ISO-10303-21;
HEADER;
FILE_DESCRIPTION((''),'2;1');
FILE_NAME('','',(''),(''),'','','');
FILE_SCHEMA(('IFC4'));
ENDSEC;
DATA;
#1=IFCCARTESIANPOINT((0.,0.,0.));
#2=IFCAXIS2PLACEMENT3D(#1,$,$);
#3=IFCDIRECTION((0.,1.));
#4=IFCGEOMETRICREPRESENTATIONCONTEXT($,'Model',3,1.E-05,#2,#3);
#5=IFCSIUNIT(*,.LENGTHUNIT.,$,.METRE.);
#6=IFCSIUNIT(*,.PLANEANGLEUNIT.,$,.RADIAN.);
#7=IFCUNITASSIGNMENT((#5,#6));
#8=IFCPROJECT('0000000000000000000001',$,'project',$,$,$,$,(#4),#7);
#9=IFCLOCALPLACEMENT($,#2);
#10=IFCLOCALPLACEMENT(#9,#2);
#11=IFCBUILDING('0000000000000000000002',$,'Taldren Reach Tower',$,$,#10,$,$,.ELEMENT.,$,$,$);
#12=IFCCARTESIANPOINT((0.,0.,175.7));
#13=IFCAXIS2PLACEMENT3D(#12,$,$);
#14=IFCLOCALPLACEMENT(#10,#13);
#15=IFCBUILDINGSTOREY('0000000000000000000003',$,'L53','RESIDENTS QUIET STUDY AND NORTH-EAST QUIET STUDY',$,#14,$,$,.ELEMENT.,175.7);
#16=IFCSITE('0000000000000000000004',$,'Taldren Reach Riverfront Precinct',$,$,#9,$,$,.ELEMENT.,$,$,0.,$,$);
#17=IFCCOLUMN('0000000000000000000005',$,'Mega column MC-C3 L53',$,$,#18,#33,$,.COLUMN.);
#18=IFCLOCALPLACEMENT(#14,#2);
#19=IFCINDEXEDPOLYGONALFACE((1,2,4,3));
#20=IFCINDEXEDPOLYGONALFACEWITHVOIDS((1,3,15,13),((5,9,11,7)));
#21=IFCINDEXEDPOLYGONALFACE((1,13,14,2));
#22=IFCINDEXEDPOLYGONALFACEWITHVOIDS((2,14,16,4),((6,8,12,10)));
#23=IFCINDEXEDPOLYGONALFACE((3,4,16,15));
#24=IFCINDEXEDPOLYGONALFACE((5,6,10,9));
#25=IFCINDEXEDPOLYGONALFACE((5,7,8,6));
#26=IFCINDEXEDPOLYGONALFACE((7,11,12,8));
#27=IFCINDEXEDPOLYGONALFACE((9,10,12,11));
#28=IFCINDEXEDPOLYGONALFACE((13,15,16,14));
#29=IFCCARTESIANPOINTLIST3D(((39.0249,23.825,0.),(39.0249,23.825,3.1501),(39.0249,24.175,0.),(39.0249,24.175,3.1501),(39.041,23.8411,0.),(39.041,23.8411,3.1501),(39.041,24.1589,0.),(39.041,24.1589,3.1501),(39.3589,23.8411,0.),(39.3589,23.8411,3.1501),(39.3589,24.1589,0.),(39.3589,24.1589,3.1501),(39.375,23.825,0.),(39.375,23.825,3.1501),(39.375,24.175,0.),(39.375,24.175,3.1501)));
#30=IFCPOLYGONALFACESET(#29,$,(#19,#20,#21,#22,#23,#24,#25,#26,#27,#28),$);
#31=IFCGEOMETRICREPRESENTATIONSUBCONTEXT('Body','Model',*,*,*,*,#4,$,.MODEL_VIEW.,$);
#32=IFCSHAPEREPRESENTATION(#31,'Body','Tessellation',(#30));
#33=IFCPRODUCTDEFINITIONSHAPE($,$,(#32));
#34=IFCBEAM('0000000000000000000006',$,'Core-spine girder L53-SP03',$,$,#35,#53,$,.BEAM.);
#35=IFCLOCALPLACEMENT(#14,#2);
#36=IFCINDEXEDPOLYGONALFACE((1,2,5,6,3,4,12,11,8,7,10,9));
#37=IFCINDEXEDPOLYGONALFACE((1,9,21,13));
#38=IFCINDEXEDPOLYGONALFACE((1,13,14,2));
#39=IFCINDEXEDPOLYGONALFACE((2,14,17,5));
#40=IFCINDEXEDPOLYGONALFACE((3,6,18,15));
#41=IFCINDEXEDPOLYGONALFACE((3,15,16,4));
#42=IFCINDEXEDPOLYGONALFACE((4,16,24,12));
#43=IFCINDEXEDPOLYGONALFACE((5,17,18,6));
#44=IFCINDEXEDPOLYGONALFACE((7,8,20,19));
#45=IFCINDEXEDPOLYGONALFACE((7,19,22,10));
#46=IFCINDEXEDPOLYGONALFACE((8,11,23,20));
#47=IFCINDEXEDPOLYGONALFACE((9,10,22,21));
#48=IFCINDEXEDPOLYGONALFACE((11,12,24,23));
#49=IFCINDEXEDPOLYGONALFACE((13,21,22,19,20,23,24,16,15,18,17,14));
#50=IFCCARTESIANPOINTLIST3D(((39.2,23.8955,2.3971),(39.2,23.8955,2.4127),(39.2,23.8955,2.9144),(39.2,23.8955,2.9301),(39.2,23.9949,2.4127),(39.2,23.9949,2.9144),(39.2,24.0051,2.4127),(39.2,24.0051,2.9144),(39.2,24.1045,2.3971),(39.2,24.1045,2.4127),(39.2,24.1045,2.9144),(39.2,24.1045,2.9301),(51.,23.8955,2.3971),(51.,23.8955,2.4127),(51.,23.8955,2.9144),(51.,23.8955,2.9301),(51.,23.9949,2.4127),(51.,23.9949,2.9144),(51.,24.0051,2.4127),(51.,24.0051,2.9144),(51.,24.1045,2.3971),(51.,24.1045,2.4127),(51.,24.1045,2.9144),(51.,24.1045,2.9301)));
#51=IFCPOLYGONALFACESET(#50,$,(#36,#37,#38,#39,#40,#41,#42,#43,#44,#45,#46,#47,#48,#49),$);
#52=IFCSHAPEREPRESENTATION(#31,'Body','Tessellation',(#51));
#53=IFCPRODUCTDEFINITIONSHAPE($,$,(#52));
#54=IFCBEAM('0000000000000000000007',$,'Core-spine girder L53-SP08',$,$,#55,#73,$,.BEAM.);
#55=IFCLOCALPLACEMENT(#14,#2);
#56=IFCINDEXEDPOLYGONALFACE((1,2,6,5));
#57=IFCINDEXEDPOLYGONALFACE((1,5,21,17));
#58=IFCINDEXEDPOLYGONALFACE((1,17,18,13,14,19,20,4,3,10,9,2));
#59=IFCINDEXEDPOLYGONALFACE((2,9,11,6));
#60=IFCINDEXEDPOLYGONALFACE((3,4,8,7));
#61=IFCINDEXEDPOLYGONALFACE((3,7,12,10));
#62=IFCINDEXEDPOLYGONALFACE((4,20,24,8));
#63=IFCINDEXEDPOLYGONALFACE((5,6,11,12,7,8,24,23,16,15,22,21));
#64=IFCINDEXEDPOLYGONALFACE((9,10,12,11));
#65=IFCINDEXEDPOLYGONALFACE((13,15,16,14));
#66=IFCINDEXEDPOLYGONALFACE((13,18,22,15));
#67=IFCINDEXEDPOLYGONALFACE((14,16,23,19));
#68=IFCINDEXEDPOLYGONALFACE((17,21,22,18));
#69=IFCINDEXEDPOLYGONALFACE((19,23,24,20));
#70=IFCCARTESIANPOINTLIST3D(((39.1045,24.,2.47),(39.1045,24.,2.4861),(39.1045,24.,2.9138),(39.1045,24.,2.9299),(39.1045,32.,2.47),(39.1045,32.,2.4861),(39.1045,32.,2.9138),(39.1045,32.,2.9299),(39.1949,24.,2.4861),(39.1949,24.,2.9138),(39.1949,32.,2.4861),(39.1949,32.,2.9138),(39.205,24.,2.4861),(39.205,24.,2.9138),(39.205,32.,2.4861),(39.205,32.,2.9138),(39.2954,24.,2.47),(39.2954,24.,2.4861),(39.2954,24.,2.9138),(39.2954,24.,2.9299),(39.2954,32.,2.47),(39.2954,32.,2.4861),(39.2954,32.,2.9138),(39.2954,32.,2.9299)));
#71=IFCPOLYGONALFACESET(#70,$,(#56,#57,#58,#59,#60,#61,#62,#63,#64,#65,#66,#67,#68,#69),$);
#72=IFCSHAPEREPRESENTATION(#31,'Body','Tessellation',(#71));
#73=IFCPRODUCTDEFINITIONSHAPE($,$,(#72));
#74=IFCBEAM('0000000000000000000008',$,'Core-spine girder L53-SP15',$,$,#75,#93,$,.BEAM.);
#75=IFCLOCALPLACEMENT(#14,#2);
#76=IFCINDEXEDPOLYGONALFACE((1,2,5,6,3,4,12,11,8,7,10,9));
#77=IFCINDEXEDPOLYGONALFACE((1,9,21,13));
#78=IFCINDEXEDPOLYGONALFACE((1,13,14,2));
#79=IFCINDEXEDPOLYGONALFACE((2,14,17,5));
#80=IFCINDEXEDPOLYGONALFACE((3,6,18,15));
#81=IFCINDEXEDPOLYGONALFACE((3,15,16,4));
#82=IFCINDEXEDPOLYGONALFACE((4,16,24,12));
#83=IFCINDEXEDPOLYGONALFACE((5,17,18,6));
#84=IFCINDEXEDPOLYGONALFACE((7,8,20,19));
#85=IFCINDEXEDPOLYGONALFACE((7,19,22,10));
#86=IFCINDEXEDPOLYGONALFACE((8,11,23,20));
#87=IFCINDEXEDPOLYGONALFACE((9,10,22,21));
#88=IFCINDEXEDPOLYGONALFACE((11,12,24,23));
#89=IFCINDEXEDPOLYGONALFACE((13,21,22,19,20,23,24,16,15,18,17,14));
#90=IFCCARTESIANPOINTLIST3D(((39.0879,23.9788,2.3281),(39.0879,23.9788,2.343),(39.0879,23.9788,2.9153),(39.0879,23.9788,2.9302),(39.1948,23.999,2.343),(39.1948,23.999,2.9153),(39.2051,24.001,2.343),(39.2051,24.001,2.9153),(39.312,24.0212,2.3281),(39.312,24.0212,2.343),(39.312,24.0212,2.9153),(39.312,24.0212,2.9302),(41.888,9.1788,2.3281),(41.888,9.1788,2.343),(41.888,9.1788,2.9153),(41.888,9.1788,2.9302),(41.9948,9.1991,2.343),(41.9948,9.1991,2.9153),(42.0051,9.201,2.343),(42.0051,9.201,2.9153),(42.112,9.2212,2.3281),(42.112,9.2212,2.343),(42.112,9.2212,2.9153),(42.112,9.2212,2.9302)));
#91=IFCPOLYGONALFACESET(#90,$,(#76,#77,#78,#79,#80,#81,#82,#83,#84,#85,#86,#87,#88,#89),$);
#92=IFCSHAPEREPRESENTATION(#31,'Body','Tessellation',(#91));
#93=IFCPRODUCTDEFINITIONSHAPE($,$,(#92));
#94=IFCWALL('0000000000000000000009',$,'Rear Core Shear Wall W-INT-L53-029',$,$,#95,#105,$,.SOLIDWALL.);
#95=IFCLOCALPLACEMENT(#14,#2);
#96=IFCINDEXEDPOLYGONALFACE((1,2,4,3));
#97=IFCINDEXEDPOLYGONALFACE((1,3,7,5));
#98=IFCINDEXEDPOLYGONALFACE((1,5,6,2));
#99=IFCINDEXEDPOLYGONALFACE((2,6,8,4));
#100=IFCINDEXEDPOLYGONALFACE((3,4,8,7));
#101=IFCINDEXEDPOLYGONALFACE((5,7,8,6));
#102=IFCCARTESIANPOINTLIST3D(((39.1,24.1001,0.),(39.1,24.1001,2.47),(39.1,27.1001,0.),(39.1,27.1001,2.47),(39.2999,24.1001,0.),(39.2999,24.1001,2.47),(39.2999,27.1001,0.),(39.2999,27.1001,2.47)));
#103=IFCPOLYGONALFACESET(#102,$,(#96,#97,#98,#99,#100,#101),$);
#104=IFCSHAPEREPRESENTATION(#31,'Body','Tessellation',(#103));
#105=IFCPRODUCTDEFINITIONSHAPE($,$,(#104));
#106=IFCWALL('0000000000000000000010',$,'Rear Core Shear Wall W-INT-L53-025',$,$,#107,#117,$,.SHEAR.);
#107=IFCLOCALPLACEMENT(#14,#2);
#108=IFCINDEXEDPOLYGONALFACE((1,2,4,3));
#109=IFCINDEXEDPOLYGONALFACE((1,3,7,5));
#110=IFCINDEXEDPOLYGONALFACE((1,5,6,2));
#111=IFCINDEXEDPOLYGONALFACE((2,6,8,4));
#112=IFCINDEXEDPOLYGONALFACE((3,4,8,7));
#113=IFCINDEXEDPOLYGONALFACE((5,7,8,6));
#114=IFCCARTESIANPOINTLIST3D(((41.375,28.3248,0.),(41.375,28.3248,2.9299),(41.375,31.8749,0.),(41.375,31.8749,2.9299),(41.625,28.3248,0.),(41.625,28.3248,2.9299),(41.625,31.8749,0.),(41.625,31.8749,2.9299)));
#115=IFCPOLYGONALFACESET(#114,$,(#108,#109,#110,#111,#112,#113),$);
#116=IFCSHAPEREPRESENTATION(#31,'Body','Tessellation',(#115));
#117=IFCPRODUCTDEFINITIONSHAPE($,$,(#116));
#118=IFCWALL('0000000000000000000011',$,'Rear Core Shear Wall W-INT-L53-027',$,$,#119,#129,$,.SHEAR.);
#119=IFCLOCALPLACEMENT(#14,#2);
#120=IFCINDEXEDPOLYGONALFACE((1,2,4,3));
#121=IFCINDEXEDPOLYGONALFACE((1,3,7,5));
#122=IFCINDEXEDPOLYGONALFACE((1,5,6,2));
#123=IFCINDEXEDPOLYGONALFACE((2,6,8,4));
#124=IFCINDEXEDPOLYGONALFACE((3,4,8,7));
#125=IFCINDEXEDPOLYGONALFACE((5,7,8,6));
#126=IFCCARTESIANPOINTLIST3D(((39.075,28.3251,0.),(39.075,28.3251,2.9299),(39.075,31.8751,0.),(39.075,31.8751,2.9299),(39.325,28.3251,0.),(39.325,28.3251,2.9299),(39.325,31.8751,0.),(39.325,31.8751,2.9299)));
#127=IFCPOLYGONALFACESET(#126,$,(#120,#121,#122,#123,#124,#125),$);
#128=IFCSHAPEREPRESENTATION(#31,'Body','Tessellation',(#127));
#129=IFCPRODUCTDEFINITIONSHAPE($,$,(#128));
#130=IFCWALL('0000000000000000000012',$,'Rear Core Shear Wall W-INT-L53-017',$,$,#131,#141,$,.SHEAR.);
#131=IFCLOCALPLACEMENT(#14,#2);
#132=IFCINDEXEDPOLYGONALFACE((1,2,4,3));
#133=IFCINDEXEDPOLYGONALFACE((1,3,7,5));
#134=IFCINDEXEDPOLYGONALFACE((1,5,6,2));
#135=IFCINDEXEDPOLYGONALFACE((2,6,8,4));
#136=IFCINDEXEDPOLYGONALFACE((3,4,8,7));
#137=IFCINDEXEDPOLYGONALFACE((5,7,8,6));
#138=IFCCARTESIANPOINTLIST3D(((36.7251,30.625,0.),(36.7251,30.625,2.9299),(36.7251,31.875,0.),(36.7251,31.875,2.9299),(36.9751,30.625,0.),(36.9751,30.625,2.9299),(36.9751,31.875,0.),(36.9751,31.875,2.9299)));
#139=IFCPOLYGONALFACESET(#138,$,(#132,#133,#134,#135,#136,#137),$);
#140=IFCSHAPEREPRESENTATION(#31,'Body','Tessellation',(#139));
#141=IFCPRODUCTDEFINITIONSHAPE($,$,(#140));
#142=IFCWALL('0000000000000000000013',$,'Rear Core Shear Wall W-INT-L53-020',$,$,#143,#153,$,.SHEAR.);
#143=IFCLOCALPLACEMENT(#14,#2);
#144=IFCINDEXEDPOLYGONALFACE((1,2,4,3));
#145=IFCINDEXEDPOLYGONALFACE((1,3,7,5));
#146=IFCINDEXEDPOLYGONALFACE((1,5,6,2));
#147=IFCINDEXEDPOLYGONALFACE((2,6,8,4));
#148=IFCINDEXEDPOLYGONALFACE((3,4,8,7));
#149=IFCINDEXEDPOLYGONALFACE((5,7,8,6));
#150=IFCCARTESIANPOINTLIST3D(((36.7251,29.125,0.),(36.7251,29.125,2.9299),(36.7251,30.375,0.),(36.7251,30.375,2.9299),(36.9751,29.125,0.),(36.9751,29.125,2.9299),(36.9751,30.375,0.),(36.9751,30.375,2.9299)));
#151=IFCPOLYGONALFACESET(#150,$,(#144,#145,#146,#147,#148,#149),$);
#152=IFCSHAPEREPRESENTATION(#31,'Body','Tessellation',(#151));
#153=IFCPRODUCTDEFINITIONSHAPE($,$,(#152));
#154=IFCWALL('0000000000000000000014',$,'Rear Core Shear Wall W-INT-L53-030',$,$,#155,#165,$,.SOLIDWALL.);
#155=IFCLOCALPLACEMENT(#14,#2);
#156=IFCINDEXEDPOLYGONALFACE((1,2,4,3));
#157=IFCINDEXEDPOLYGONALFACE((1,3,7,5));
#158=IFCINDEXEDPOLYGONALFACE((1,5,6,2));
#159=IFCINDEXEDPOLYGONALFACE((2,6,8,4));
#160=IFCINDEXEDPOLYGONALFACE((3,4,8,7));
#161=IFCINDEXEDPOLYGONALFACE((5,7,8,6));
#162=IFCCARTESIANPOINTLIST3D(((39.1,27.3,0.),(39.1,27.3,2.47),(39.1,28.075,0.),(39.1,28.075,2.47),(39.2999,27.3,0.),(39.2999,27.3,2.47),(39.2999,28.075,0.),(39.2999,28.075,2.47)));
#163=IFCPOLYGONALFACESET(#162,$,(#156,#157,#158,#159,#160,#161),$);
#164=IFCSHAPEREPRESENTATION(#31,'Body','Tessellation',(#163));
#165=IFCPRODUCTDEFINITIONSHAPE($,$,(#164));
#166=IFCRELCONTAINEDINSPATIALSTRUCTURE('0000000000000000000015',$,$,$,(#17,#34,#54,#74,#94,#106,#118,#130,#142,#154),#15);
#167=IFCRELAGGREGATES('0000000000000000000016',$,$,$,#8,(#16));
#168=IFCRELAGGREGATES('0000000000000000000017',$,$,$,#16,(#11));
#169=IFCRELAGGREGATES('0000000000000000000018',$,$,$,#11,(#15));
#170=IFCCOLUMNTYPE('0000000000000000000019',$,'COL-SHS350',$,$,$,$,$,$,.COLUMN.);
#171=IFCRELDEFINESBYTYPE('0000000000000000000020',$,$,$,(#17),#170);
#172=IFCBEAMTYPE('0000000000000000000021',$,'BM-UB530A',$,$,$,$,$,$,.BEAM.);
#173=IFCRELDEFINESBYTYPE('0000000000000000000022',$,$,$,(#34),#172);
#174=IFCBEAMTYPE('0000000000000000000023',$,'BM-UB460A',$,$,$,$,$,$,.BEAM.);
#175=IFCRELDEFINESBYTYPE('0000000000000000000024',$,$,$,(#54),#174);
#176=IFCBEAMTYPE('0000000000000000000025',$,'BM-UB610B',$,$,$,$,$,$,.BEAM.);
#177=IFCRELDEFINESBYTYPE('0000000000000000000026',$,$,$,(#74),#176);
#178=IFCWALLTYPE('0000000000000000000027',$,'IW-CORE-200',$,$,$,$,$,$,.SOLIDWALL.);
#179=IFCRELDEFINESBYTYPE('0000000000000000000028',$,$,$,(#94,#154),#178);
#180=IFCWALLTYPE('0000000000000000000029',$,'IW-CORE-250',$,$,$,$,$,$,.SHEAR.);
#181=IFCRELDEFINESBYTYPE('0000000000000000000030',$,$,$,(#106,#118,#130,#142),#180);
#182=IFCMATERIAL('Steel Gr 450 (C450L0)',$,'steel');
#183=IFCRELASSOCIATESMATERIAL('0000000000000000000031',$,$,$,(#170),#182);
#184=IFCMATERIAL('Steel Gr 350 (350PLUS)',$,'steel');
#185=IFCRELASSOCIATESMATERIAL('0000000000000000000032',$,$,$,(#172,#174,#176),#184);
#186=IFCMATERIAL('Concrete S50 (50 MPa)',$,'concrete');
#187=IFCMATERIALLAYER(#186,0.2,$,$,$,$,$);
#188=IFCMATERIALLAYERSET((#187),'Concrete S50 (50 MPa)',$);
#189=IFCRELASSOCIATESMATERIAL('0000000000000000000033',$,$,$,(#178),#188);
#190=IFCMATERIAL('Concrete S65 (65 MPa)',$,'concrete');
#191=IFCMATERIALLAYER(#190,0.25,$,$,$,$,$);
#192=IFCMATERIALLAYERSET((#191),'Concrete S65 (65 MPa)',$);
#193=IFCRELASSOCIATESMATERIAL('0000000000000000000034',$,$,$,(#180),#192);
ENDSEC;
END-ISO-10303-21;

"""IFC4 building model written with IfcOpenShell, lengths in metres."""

from ifc_helpers import new_model, si_unit, direction, frame, frame_2d, origin, origin_2d, place, context, subcontext, project, spatial, rectangle, hollow_rectangle, i_section, extrude, source, transform, mapped, material, layer, layer_set, material_profile, profile_set, type_object, element, save


model = new_model("IFC4")

# Units and contexts
model_context = context("Model", 3, precision=1e-05, world=origin(), true_north=direction((0.0, 1.0)))
body_context = subcontext(model_context, "Body", "Model", "MODEL_VIEW")
ifc_project = project(units=[si_unit("LENGTHUNIT", "METRE"), si_unit("PLANEANGLEUNIT", "RADIAN")], contexts=[model_context])

# Site, building, storey
site_placement = place(None, origin())
site = spatial("IfcSite", under=ifc_project, at=site_placement, Name="Taldren Reach Riverfront Precinct", CompositionType="ELEMENT", RefElevation=0.0)
building_placement = place(site_placement, origin())
building = spatial("IfcBuilding", under=site, at=building_placement, Name="Taldren Reach Tower", CompositionType="ELEMENT")
storey_placement = place(building_placement, frame((0.0, 0.0, 175.7)))
storey = spatial("IfcBuildingStorey", under=building, at=storey_placement, Name="L53", Description="RESIDENTS QUIET STUDY AND NORTH-EAST QUIET STUDY", CompositionType="ELEMENT", Elevation=175.7)

# Column
ifc_material_1 = material(Name="Steel Gr 450 (C450L0)", Category="steel")
ifc_material_profile_1 = material_profile(ifc_material_1, hollow_rectangle(XDim=0.3501, YDim=0.3501, WallThickness=0.0161, at=origin_2d()), Name="350x350x16.0SHS")
ifc_profile_set_1 = profile_set([ifc_material_profile_1], Name="Steel Gr 450 (C450L0)")
column_type = type_object("IfcColumnType", Name="COL-SHS350", PredefinedType="COLUMN", material=ifc_profile_set_1)
shared_shape_1 = source(origin(), body_context, "Body", "SweptSolid", [
    extrude(hollow_rectangle(XDim=0.3501, YDim=0.3501, WallThickness=0.0161, at=origin_2d()), origin(), (0.0, 0.0, 1.0), 3.1501),
])
column_placement = place(storey_placement, frame((39.2, 24.0, 0.0), z_axis=(0.0, 0.0, 1.0), x_axis=(1.0, 0.0, 0.0)))
element("IfcColumn", 1, at=column_placement, inside=storey, type_object=column_type, Name="Mega column MC-C3 L53", PredefinedType="COLUMN", context=body_context, shape_type="MappedRepresentation", body=[
    mapped(shared_shape_1, transform((0.0, 0.0, 0.0), scale=1.0)),
])

# Beams
ifc_material_2 = material(Name="Steel Gr 350 (350PLUS)", Category="steel")
ifc_material_profile_2 = material_profile(ifc_material_2, i_section(OverallWidth=0.209, OverallDepth=0.533, WebThickness=0.0103, FlangeThickness=0.0156, at=origin_2d()), Name="530UB92.4")
ifc_profile_set_2 = profile_set([ifc_material_profile_2], Name="Steel Gr 350 (350PLUS)")
beam_type_1 = type_object("IfcBeamType", Name="BM-UB530A", PredefinedType="BEAM", material=ifc_profile_set_2)
shared_shape_2 = source(origin(), body_context, "Body", "SweptSolid", [
    extrude(i_section(OverallWidth=0.209, OverallDepth=0.533, WebThickness=0.0103, FlangeThickness=0.0156, at=origin_2d()), origin(), (0.0, 0.0, 1.0), 11.8),
])
beam_1_placement = place(storey_placement, frame((39.2, 24.0, 2.6636), z_axis=(1.0, 0.0, 0.0), x_axis=(0.0, 1.0, 0.0)))
element("IfcBeam", 2, at=beam_1_placement, inside=storey, type_object=beam_type_1, Name="Core-spine girder L53-SP03", PredefinedType="BEAM", context=body_context, shape_type="MappedRepresentation", body=[
    mapped(shared_shape_2, transform((0.0, 0.0, 0.0), scale=1.0)),
])
ifc_material_profile_3 = material_profile(ifc_material_2, i_section(OverallWidth=0.1909, OverallDepth=0.46, WebThickness=0.01, FlangeThickness=0.0161, at=origin_2d()), Name="460UB82.1")
ifc_profile_set_3 = profile_set([ifc_material_profile_3], Name="Steel Gr 350 (350PLUS)")
beam_type_2 = type_object("IfcBeamType", Name="BM-UB460A", PredefinedType="BEAM", material=ifc_profile_set_3)
shared_shape_3 = source(origin(), body_context, "Body", "SweptSolid", [
    extrude(i_section(OverallWidth=0.1909, OverallDepth=0.46, WebThickness=0.01, FlangeThickness=0.0161, at=origin_2d()), origin(), (0.0, 0.0, 1.0), 8.0),
])
beam_2_placement = place(storey_placement, frame((39.2, 24.0, 2.7), z_axis=(0.0, 1.0, 0.0), x_axis=(-1.0, 0.0, 0.0)))
element("IfcBeam", 3, at=beam_2_placement, inside=storey, type_object=beam_type_2, Name="Core-spine girder L53-SP08", PredefinedType="BEAM", context=body_context, shape_type="MappedRepresentation", body=[
    mapped(shared_shape_3, transform((0.0, 0.0, 0.0), scale=1.0)),
])
ifc_material_profile_4 = material_profile(ifc_material_2, i_section(OverallWidth=0.228, OverallDepth=0.6021, WebThickness=0.0105, FlangeThickness=0.0149, at=origin_2d()), Name="610UB101")
ifc_profile_set_4 = profile_set([ifc_material_profile_4], Name="Steel Gr 350 (350PLUS)")
beam_type_3 = type_object("IfcBeamType", Name="BM-UB610B", PredefinedType="BEAM", material=ifc_profile_set_4)
shared_shape_4 = source(origin(), body_context, "Body", "SweptSolid", [
    extrude(i_section(OverallWidth=0.228, OverallDepth=0.6021, WebThickness=0.0105, FlangeThickness=0.0149, at=origin_2d()), origin(), (0.0, 0.0, 1.0), 15.0625),
])
beam_3_placement = place(storey_placement, frame((39.2, 24.0, 2.6292), z_axis=(0.185894, -0.98257, 0.0), x_axis=(0.98257, 0.185894, 0.0)))
element("IfcBeam", 4, at=beam_3_placement, inside=storey, type_object=beam_type_3, Name="Core-spine girder L53-SP15", PredefinedType="BEAM", context=body_context, shape_type="MappedRepresentation", body=[
    mapped(shared_shape_4, transform((0.0, 0.0, 0.0), scale=1.0)),
])

# Walls
ifc_material_3 = material(Name="Concrete S50 (50 MPa)", Category="concrete")
ifc_layer_1 = layer(ifc_material_3, 0.2)
ifc_layer_set_1 = layer_set([ifc_layer_1], Name="Concrete S50 (50 MPa)")
wall_type_1 = type_object("IfcWallType", Name="IW-CORE-200", PredefinedType="SOLIDWALL", material=ifc_layer_set_1)
shared_shape_5 = source(origin(), body_context, "Body", "SweptSolid", [
    extrude(rectangle(XDim=3.0, YDim=0.2, at=frame_2d((1.5, 0.0))), origin(), (0.0, 0.0, 1.0), 2.47),
])
wall_1_placement = place(storey_placement, frame((39.2, 24.1001, 0.0), z_axis=(0.0, 0.0, 1.0), x_axis=(0.0, 1.0, 0.0)))
element("IfcWall", 5, at=wall_1_placement, inside=storey, type_object=wall_type_1, Name="Rear Core Shear Wall W-INT-L53-029", PredefinedType="SOLIDWALL", context=body_context, shape_type="MappedRepresentation", body=[
    mapped(shared_shape_5, transform((0.0, 0.0, 0.0), scale=1.0)),
])
ifc_material_4 = material(Name="Concrete S65 (65 MPa)", Category="concrete")
ifc_layer_2 = layer(ifc_material_4, 0.25)
ifc_layer_set_2 = layer_set([ifc_layer_2], Name="Concrete S65 (65 MPa)")
wall_type_2 = type_object("IfcWallType", Name="IW-CORE-250", PredefinedType="SHEAR", material=ifc_layer_set_2)
shared_shape_6 = source(origin(), body_context, "Body", "SweptSolid", [
    extrude(rectangle(XDim=3.55, YDim=0.25, at=frame_2d((1.7749, 0.0))), origin(), (0.0, 0.0, 1.0), 2.9299),
])
for number, where, z_axis, x_axis, name in (
    (6, (41.5, 28.325, 0.0), (0.0, 0.0, 1.0), (0.0, 1.0, 0.0), "Rear Core Shear Wall W-INT-L53-025"),
    (7, (39.2, 31.875, 0.0), (0.0, 0.0, 1.0), (0.0, -1.0, 0.0), "Rear Core Shear Wall W-INT-L53-027"),
):
    element("IfcWall", number, at=place(storey_placement, frame(where, z_axis=z_axis, x_axis=x_axis)), inside=storey, type_object=wall_type_2, Name=name, PredefinedType="SHEAR", context=body_context, shape_type="MappedRepresentation", body=[
        mapped(shared_shape_6, transform((0.0, 0.0, 0.0), scale=1.0)),
    ])
shared_shape_7 = source(origin(), body_context, "Body", "SweptSolid", [
    extrude(rectangle(XDim=1.25, YDim=0.25, at=frame_2d((0.625, 0.0))), origin(), (0.0, 0.0, 1.0), 2.9299),
])
for number, where, z_axis, x_axis, name in (
    (8, (36.8501, 30.625, 0.0), (0.0, 0.0, 1.0), (0.0, 1.0, 0.0), "Rear Core Shear Wall W-INT-L53-017"),
    (9, (36.8501, 29.125, 0.0), (0.0, 0.0, 1.0), (0.0, 1.0, 0.0), "Rear Core Shear Wall W-INT-L53-020"),
):
    element("IfcWall", number, at=place(storey_placement, frame(where, z_axis=z_axis, x_axis=x_axis)), inside=storey, type_object=wall_type_2, Name=name, PredefinedType="SHEAR", context=body_context, shape_type="MappedRepresentation", body=[
        mapped(shared_shape_7, transform((0.0, 0.0, 0.0), scale=1.0)),
    ])

# Wall
shared_shape_8 = source(origin(), body_context, "Body", "SweptSolid", [
    extrude(rectangle(XDim=0.7749, YDim=0.2, at=frame_2d((0.3875, 0.0))), origin(), (0.0, 0.0, 1.0), 2.47),
])
wall_2_placement = place(storey_placement, frame((39.2, 27.3, 0.0), z_axis=(0.0, 0.0, 1.0), x_axis=(0.0, 1.0, 0.0)))
element("IfcWall", 10, at=wall_2_placement, inside=storey, type_object=wall_type_1, Name="Rear Core Shear Wall W-INT-L53-030", PredefinedType="SOLIDWALL", context=body_context, shape_type="MappedRepresentation", body=[
    mapped(shared_shape_8, transform((0.0, 0.0, 0.0), scale=1.0)),
])

save(model, "model.ifc")
